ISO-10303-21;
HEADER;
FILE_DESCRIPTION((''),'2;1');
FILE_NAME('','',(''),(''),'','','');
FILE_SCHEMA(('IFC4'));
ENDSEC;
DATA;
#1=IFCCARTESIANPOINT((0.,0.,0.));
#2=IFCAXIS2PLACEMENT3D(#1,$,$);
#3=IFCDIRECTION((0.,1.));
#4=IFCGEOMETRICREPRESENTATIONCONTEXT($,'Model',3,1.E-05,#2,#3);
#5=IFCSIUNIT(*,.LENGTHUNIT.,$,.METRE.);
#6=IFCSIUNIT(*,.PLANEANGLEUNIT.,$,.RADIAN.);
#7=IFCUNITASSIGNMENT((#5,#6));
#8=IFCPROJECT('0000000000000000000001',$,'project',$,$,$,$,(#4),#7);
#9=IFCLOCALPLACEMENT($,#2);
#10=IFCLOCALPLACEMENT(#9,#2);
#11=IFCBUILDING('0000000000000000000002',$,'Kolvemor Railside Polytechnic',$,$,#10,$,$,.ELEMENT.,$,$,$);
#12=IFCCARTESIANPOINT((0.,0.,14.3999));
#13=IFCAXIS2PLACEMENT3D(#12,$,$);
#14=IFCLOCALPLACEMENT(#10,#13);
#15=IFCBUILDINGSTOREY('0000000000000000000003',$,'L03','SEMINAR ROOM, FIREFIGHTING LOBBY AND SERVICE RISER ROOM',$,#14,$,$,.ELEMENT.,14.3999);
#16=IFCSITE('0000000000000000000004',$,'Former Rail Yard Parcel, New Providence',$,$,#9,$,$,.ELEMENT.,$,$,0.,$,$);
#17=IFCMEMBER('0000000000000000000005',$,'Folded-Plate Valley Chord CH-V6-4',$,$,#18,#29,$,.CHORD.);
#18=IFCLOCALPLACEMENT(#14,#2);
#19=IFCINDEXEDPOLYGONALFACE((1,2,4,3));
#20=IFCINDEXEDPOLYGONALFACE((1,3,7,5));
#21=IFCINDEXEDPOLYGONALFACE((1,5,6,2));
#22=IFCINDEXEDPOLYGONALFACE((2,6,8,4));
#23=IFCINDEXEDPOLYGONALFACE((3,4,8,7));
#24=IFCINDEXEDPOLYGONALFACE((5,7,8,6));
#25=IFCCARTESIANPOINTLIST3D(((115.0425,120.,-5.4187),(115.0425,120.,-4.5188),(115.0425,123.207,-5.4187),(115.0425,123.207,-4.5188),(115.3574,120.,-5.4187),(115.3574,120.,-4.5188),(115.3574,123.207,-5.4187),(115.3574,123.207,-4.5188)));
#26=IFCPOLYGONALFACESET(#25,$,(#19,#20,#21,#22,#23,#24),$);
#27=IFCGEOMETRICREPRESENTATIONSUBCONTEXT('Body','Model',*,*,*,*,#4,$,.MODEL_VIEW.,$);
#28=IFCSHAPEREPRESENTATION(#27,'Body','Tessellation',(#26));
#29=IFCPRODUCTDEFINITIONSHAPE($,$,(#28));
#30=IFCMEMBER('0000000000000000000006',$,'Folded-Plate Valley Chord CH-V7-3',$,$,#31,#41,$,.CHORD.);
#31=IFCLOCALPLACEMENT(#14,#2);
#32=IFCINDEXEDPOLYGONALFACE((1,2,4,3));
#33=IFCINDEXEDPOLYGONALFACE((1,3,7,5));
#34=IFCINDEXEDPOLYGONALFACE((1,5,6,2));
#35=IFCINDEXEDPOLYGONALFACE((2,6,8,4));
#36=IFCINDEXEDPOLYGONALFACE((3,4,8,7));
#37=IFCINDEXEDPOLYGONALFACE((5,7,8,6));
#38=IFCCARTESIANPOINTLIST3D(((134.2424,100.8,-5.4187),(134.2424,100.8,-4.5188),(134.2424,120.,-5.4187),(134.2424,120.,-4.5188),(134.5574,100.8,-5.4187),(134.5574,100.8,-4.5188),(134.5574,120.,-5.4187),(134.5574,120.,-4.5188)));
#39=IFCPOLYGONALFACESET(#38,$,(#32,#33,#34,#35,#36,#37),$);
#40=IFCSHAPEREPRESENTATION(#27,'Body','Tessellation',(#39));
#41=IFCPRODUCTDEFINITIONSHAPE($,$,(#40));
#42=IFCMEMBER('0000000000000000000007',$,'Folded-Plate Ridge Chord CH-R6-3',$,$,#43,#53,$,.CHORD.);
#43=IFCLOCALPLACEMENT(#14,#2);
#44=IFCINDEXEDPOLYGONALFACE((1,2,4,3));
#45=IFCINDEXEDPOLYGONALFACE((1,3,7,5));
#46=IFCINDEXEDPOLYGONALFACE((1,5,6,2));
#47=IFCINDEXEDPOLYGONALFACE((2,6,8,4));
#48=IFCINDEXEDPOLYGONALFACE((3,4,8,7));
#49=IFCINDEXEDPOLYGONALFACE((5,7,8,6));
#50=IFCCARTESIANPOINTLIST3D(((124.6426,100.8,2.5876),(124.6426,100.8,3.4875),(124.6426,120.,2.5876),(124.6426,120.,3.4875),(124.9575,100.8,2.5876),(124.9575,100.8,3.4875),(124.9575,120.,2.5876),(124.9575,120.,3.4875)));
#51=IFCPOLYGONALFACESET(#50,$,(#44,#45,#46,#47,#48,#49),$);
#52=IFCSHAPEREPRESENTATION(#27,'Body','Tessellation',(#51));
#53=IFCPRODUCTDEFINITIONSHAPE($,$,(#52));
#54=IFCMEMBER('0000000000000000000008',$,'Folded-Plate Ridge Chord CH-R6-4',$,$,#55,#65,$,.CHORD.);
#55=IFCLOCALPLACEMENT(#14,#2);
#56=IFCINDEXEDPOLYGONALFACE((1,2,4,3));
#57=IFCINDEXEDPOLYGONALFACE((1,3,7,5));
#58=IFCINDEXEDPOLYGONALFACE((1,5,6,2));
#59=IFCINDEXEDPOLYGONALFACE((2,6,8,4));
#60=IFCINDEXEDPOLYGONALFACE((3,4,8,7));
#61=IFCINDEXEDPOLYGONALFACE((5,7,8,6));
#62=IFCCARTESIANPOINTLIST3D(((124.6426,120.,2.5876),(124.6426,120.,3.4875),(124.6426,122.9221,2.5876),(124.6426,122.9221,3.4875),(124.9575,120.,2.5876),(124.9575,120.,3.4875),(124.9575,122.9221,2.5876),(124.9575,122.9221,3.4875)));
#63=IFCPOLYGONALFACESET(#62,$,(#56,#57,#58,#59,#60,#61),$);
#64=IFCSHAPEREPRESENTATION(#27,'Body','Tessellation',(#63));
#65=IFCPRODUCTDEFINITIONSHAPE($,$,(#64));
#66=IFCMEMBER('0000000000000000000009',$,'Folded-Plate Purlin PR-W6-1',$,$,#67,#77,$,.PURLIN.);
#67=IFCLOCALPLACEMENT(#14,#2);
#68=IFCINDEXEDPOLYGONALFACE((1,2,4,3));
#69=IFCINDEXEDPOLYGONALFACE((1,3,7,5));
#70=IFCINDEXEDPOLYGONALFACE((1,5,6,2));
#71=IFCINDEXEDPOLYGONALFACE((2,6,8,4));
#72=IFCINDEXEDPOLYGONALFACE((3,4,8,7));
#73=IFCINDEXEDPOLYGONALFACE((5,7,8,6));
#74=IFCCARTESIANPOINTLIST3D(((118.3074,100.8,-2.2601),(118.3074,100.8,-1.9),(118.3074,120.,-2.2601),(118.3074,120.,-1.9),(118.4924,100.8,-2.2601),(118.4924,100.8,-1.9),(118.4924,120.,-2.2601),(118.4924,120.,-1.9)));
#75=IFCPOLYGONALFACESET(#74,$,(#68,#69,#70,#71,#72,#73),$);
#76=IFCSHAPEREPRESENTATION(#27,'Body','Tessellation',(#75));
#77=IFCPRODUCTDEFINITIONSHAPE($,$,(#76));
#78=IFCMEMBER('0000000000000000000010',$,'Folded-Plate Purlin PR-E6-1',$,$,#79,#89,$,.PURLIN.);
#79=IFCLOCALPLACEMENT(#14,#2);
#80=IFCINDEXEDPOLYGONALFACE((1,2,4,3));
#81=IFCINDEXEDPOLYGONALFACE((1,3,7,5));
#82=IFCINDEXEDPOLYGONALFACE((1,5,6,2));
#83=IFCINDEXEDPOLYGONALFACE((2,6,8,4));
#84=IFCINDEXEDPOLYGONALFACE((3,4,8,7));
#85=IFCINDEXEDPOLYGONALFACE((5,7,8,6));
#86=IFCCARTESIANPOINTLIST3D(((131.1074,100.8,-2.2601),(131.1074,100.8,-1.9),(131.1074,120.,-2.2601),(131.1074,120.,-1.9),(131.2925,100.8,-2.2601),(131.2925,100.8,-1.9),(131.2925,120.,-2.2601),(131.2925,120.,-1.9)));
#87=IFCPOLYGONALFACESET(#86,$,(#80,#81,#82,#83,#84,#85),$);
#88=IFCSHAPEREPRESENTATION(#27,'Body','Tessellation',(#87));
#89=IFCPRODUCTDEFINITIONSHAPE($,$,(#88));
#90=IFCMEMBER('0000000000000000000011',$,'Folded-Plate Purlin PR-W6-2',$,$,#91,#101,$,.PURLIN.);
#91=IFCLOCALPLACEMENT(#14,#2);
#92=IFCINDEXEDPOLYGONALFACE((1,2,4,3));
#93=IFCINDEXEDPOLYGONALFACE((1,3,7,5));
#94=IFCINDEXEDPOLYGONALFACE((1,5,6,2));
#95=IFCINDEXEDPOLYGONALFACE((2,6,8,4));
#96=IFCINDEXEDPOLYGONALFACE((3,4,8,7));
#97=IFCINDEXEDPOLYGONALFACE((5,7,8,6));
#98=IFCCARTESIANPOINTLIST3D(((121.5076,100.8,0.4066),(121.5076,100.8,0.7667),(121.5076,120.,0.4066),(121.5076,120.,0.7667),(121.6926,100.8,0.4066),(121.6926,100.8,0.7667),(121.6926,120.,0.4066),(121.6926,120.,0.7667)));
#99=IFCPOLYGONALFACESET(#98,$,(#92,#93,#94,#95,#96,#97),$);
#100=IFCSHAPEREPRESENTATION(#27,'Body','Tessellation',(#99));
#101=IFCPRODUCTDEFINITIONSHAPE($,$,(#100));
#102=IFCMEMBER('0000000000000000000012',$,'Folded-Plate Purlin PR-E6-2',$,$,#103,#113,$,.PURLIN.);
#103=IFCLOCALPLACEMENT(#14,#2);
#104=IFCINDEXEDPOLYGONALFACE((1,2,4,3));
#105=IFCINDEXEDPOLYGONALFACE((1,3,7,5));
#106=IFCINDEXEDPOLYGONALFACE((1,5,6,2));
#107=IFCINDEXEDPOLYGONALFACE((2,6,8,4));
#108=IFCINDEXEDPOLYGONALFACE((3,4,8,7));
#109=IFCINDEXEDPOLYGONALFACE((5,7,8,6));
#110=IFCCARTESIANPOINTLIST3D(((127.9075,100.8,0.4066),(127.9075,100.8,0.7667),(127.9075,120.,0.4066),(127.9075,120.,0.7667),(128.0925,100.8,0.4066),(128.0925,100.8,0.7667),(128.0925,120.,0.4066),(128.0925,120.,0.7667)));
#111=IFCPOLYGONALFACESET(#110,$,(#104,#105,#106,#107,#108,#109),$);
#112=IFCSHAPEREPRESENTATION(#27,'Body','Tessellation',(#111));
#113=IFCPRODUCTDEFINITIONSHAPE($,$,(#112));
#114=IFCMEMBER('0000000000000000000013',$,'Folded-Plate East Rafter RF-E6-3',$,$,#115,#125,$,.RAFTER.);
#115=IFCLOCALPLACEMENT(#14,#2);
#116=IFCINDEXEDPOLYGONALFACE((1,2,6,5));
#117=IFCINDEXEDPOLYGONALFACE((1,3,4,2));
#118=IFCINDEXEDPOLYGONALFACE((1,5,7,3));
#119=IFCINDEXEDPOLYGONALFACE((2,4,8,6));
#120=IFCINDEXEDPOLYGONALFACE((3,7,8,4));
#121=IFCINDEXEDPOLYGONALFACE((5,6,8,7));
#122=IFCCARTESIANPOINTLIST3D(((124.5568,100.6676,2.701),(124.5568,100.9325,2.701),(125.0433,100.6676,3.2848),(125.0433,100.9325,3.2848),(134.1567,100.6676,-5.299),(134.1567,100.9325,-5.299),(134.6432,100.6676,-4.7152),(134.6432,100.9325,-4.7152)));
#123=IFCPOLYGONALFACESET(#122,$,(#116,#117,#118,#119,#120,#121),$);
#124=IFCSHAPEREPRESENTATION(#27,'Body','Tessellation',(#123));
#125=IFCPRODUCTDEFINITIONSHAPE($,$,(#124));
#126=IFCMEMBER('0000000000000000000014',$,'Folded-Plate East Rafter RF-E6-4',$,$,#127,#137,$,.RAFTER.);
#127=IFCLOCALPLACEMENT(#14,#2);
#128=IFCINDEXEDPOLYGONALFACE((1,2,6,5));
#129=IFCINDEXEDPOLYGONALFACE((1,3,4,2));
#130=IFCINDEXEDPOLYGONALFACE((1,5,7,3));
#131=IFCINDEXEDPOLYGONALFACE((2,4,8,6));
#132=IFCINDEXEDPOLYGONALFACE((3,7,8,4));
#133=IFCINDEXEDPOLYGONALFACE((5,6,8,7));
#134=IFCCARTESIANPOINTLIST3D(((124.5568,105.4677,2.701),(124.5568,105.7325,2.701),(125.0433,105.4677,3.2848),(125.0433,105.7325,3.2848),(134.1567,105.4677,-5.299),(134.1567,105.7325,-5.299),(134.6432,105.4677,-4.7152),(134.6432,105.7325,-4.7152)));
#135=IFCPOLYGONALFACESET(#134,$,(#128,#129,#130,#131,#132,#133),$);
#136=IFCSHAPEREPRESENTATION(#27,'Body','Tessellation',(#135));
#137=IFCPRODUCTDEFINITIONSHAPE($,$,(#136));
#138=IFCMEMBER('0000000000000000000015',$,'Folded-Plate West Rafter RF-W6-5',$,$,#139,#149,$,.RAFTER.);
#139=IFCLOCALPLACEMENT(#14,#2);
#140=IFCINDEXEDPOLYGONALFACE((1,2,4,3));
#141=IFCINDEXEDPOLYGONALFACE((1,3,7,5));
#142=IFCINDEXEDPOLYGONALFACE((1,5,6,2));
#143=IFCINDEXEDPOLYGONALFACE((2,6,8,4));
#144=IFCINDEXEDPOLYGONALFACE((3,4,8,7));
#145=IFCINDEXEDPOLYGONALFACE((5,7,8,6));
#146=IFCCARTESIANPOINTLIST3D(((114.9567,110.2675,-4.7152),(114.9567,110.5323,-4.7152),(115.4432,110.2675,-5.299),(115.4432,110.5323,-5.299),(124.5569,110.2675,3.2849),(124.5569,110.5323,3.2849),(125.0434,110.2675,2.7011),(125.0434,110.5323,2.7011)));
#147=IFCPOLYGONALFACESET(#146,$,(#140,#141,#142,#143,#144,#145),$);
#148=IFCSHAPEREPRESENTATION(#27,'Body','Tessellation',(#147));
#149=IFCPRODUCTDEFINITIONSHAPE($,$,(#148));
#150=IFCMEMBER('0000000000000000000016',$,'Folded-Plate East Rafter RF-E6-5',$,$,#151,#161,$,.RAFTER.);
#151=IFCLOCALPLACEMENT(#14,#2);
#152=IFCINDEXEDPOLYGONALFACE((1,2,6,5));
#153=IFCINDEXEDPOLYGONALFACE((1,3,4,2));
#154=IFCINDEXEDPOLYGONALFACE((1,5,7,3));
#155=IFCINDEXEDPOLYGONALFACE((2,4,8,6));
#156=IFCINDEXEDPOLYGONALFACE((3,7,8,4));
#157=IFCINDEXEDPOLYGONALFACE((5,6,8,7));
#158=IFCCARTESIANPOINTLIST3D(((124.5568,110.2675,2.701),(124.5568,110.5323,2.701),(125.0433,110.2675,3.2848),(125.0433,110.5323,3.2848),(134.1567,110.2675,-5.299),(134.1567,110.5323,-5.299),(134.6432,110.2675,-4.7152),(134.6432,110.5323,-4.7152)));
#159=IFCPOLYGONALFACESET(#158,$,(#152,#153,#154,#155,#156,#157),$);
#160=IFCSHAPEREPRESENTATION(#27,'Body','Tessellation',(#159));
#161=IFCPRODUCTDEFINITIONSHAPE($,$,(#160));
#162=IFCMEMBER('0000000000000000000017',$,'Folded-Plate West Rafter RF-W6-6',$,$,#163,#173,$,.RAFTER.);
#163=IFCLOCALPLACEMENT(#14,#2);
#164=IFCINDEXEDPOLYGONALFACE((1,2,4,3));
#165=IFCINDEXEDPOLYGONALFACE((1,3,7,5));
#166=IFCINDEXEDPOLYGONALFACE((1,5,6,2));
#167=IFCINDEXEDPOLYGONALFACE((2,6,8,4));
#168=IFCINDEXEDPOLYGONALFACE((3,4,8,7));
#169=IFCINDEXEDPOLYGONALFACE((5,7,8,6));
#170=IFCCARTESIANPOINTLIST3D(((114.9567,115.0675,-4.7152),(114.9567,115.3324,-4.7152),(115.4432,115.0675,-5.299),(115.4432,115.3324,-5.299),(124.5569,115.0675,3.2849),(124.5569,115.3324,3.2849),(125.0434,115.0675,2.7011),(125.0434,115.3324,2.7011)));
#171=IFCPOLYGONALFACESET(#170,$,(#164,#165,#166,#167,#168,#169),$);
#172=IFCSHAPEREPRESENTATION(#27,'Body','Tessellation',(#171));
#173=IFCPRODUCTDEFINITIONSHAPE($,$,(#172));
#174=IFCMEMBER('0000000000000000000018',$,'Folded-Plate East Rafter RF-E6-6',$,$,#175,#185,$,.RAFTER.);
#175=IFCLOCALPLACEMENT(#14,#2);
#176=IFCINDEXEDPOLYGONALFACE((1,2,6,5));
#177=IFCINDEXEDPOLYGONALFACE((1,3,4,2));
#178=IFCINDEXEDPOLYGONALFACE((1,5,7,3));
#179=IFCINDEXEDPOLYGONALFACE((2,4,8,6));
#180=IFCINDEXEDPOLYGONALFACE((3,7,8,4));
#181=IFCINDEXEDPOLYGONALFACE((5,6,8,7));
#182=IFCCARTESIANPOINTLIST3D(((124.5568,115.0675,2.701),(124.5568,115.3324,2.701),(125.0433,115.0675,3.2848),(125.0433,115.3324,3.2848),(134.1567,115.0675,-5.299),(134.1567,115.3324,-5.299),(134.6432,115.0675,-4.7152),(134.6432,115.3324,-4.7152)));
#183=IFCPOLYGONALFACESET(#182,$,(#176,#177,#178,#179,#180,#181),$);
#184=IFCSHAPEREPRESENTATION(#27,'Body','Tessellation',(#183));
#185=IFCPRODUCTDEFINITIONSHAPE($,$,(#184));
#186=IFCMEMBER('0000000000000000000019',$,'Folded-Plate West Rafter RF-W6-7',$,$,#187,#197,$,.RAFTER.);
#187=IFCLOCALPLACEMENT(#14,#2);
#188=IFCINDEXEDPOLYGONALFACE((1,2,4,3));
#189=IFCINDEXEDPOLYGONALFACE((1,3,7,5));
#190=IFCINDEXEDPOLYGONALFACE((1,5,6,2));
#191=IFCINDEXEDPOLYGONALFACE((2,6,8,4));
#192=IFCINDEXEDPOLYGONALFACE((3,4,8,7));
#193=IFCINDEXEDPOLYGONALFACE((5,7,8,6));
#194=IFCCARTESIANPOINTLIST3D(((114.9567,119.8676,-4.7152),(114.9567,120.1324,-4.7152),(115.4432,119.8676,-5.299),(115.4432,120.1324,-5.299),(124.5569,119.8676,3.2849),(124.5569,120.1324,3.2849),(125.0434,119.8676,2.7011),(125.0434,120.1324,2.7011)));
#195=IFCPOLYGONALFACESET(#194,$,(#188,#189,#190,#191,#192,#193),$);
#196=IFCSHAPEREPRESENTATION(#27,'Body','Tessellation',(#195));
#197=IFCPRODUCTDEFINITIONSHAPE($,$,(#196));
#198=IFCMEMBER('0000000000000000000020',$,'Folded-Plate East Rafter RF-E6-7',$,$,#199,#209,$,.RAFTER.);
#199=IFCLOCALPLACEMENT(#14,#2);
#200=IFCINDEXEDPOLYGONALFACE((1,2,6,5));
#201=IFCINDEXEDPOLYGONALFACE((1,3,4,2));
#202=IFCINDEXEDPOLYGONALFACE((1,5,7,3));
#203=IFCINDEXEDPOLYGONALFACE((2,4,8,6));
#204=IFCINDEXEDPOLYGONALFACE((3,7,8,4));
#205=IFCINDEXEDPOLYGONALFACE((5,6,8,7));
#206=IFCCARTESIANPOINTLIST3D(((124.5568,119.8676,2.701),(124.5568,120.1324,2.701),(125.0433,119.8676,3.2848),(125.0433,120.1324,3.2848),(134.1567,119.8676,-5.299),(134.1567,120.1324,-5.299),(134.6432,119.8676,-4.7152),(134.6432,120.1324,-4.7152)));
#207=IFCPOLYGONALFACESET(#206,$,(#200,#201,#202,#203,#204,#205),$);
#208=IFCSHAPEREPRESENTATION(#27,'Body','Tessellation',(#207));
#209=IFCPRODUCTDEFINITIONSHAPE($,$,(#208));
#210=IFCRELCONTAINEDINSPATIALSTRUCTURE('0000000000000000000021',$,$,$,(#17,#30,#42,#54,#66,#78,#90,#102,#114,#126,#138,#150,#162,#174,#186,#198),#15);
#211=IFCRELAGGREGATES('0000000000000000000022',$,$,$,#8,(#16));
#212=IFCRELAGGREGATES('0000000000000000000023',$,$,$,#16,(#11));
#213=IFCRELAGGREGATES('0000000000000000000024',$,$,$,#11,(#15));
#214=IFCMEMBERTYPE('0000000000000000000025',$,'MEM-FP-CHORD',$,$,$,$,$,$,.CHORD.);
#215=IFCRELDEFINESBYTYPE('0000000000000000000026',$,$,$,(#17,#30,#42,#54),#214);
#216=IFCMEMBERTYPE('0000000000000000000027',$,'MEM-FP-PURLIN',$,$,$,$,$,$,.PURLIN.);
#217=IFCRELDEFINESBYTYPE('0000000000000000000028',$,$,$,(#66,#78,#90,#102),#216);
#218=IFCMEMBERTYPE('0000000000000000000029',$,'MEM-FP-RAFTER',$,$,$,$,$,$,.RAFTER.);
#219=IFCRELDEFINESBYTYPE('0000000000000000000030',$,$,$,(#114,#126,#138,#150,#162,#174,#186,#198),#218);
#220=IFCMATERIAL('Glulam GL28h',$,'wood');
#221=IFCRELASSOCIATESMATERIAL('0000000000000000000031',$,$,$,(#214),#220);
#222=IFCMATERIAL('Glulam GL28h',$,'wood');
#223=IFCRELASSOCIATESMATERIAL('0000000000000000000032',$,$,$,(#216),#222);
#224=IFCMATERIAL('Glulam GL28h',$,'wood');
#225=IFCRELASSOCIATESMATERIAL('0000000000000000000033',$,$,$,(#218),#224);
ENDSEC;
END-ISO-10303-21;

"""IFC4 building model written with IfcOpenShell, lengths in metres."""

from ifc_helpers import new_model, si_unit, direction, frame, origin, origin_2d, place, context, subcontext, project, spatial, rectangle, extrude, material, material_profile, profile_set, type_object, element, save


model = new_model("IFC4")

# Units and contexts
model_context = context("Model", 3, precision=1e-05, world=origin(), true_north=direction((0.0, 1.0)))
body_context = subcontext(model_context, "Body", "Model", "MODEL_VIEW")
ifc_project = project(units=[si_unit("LENGTHUNIT", "METRE"), si_unit("PLANEANGLEUNIT", "RADIAN")], contexts=[model_context])

# Site, building, storey
site_placement = place(None, origin())
site = spatial("IfcSite", under=ifc_project, at=site_placement, Name="Former Rail Yard Parcel, New Providence", CompositionType="ELEMENT", RefElevation=0.0)
building_placement = place(site_placement, origin())
building = spatial("IfcBuilding", under=site, at=building_placement, Name="Kolvemor Railside Polytechnic", CompositionType="ELEMENT")
storey_placement = place(building_placement, frame((0.0, 0.0, 14.3999)))
storey = spatial("IfcBuildingStorey", under=building, at=storey_placement, Name="L03", Description="SEMINAR ROOM, FIREFIGHTING LOBBY AND SERVICE RISER ROOM", CompositionType="ELEMENT", Elevation=14.3999)

# Members
ifc_material_1 = material(Name="Glulam GL28h", Category="wood")
ifc_material_profile_1 = material_profile(ifc_material_1, rectangle(XDim=0.3149, YDim=0.8999, at=origin_2d()), Name="GL315x900")
ifc_profile_set_1 = profile_set([ifc_material_profile_1], Name="Glulam GL28h")
member_type_1 = type_object("IfcMemberType", Name="MEM-FP-CHORD", PredefinedType="CHORD", material=ifc_profile_set_1)
member_1_placement = place(storey_placement, frame((115.2, 120.0, -4.9688), z_axis=(0.0, 1.0, 0.0), x_axis=(-1.0, 0.0, 0.0)))
element("IfcMember", 1, at=member_1_placement, inside=storey, type_object=member_type_1, Name="Folded-Plate Valley Chord CH-V6-4", PredefinedType="CHORD", context=body_context, shape_type="SweptSolid", body=[
    extrude(rectangle(XDim=0.3149, YDim=0.8999, at=origin_2d()), origin(), (0.0, 0.0, 1.0), 3.207),
])
for number, where, z_axis, x_axis, name in (
    (2, (134.3999, 100.8, -4.9688), (0.0, 1.0, 0.0), (-1.0, 0.0, 0.0), "Folded-Plate Valley Chord CH-V7-3"),
    (3, (124.8, 100.8, 3.0376), (0.0, 1.0, 0.0), (-1.0, 0.0, 0.0), "Folded-Plate Ridge Chord CH-R6-3"),
):
    element("IfcMember", number, at=place(storey_placement, frame(where, z_axis=z_axis, x_axis=x_axis)), inside=storey, type_object=member_type_1, Name=name, PredefinedType="CHORD", context=body_context, shape_type="SweptSolid", body=[
        extrude(rectangle(XDim=0.3149, YDim=0.8999, at=origin_2d()), origin(), (0.0, 0.0, 1.0), 19.2),
    ])
member_2_placement = place(storey_placement, frame((124.8, 120.0, 3.0376), z_axis=(0.0, 1.0, 0.0), x_axis=(-1.0, 0.0, 0.0)))
element("IfcMember", 4, at=member_2_placement, inside=storey, type_object=member_type_1, Name="Folded-Plate Ridge Chord CH-R6-4", PredefinedType="CHORD", context=body_context, shape_type="SweptSolid", body=[
    extrude(rectangle(XDim=0.3149, YDim=0.8999, at=origin_2d()), origin(), (0.0, 0.0, 1.0), 2.9221),
])
ifc_material_2 = material(Name="Glulam GL28h", Category="wood")
ifc_material_profile_2 = material_profile(ifc_material_2, rectangle(XDim=0.1851, YDim=0.3601, at=origin_2d()), Name="GL185x360")
ifc_profile_set_2 = profile_set([ifc_material_profile_2], Name="Glulam GL28h")
member_type_2 = type_object("IfcMemberType", Name="MEM-FP-PURLIN", PredefinedType="PURLIN", material=ifc_profile_set_2)
for number, where, z_axis, x_axis, name in (
    (5, (118.3999, 100.8, -2.0801), (0.0, 1.0, 0.0), (-1.0, 0.0, 0.0), "Folded-Plate Purlin PR-W6-1"),
    (6, (131.2, 100.8, -2.0801), (0.0, 1.0, 0.0), (-1.0, 0.0, 0.0), "Folded-Plate Purlin PR-E6-1"),
    (7, (121.6001, 100.8, 0.5867), (0.0, 1.0, 0.0), (-1.0, 0.0, 0.0), "Folded-Plate Purlin PR-W6-2"),
    (8, (128.0, 100.8, 0.5867), (0.0, 1.0, 0.0), (-1.0, 0.0, 0.0), "Folded-Plate Purlin PR-E6-2"),
):
    element("IfcMember", number, at=place(storey_placement, frame(where, z_axis=z_axis, x_axis=x_axis)), inside=storey, type_object=member_type_2, Name=name, PredefinedType="PURLIN", context=body_context, shape_type="SweptSolid", body=[
        extrude(rectangle(XDim=0.1851, YDim=0.3601, at=origin_2d()), origin(), (0.0, 0.0, 1.0), 19.2),
    ])
ifc_material_3 = material(Name="Glulam GL28h", Category="wood")
ifc_material_profile_3 = material_profile(ifc_material_3, rectangle(XDim=0.2649, YDim=0.76, at=origin_2d()), Name="GL265x760")
ifc_profile_set_3 = profile_set([ifc_material_profile_3], Name="Glulam GL28h")
member_type_3 = type_object("IfcMemberType", Name="MEM-FP-RAFTER", PredefinedType="RAFTER", material=ifc_profile_set_3)
for number, where, z_axis, x_axis, name in (
    (9, (124.8, 100.8, 2.9929), (0.768216, 0.0, -0.64019), (0.0, 1.0, 0.0), "Folded-Plate East Rafter RF-E6-3"),
    (10, (124.8, 105.6001, 2.9929), (0.768216, 0.0, -0.64019), (0.0, 1.0, 0.0), "Folded-Plate East Rafter RF-E6-4"),
):
    element("IfcMember", number, at=place(storey_placement, frame(where, z_axis=z_axis, x_axis=x_axis)), inside=storey, type_object=member_type_3, Name=name, PredefinedType="RAFTER", context=body_context, shape_type="SweptSolid", body=[
        extrude(rectangle(XDim=0.2649, YDim=0.76, at=origin_2d()), origin(), (0.0, 0.0, 1.0), 12.4963),
    ])
member_3_placement = place(storey_placement, frame((115.2, 110.3999, -5.0071), z_axis=(0.768224, 0.0, 0.640181), x_axis=(0.0, 1.0, 0.0)))
element("IfcMember", 11, at=member_3_placement, inside=storey, type_object=member_type_3, Name="Folded-Plate West Rafter RF-W6-5", PredefinedType="RAFTER", context=body_context, shape_type="SweptSolid", body=[
    extrude(rectangle(XDim=0.2649, YDim=0.76, at=origin_2d()), origin(), (0.0, 0.0, 1.0), 12.4966),
])
member_4_placement = place(storey_placement, frame((124.8, 110.3999, 2.9929), z_axis=(0.768216, 0.0, -0.64019), x_axis=(0.0, 1.0, 0.0)))
element("IfcMember", 12, at=member_4_placement, inside=storey, type_object=member_type_3, Name="Folded-Plate East Rafter RF-E6-5", PredefinedType="RAFTER", context=body_context, shape_type="SweptSolid", body=[
    extrude(rectangle(XDim=0.2649, YDim=0.76, at=origin_2d()), origin(), (0.0, 0.0, 1.0), 12.4963),
])
member_5_placement = place(storey_placement, frame((115.2, 115.2, -5.0071), z_axis=(0.768224, 0.0, 0.640181), x_axis=(0.0, 1.0, 0.0)))
element("IfcMember", 13, at=member_5_placement, inside=storey, type_object=member_type_3, Name="Folded-Plate West Rafter RF-W6-6", PredefinedType="RAFTER", context=body_context, shape_type="SweptSolid", body=[
    extrude(rectangle(XDim=0.2649, YDim=0.76, at=origin_2d()), origin(), (0.0, 0.0, 1.0), 12.4966),
])
member_6_placement = place(storey_placement, frame((124.8, 115.2, 2.9929), z_axis=(0.768216, 0.0, -0.64019), x_axis=(0.0, 1.0, 0.0)))
element("IfcMember", 14, at=member_6_placement, inside=storey, type_object=member_type_3, Name="Folded-Plate East Rafter RF-E6-6", PredefinedType="RAFTER", context=body_context, shape_type="SweptSolid", body=[
    extrude(rectangle(XDim=0.2649, YDim=0.76, at=origin_2d()), origin(), (0.0, 0.0, 1.0), 12.4963),
])
member_7_placement = place(storey_placement, frame((115.2, 120.0, -5.0071), z_axis=(0.768224, 0.0, 0.640181), x_axis=(0.0, 1.0, 0.0)))
element("IfcMember", 15, at=member_7_placement, inside=storey, type_object=member_type_3, Name="Folded-Plate West Rafter RF-W6-7", PredefinedType="RAFTER", context=body_context, shape_type="SweptSolid", body=[
    extrude(rectangle(XDim=0.2649, YDim=0.76, at=origin_2d()), origin(), (0.0, 0.0, 1.0), 12.4966),
])
member_8_placement = place(storey_placement, frame((124.8, 120.0, 2.9929), z_axis=(0.768216, 0.0, -0.64019), x_axis=(0.0, 1.0, 0.0)))
element("IfcMember", 16, at=member_8_placement, inside=storey, type_object=member_type_3, Name="Folded-Plate East Rafter RF-E6-7", PredefinedType="RAFTER", context=body_context, shape_type="SweptSolid", body=[
    extrude(rectangle(XDim=0.2649, YDim=0.76, at=origin_2d()), origin(), (0.0, 0.0, 1.0), 12.4963),
])

save(model, "model.ifc")
